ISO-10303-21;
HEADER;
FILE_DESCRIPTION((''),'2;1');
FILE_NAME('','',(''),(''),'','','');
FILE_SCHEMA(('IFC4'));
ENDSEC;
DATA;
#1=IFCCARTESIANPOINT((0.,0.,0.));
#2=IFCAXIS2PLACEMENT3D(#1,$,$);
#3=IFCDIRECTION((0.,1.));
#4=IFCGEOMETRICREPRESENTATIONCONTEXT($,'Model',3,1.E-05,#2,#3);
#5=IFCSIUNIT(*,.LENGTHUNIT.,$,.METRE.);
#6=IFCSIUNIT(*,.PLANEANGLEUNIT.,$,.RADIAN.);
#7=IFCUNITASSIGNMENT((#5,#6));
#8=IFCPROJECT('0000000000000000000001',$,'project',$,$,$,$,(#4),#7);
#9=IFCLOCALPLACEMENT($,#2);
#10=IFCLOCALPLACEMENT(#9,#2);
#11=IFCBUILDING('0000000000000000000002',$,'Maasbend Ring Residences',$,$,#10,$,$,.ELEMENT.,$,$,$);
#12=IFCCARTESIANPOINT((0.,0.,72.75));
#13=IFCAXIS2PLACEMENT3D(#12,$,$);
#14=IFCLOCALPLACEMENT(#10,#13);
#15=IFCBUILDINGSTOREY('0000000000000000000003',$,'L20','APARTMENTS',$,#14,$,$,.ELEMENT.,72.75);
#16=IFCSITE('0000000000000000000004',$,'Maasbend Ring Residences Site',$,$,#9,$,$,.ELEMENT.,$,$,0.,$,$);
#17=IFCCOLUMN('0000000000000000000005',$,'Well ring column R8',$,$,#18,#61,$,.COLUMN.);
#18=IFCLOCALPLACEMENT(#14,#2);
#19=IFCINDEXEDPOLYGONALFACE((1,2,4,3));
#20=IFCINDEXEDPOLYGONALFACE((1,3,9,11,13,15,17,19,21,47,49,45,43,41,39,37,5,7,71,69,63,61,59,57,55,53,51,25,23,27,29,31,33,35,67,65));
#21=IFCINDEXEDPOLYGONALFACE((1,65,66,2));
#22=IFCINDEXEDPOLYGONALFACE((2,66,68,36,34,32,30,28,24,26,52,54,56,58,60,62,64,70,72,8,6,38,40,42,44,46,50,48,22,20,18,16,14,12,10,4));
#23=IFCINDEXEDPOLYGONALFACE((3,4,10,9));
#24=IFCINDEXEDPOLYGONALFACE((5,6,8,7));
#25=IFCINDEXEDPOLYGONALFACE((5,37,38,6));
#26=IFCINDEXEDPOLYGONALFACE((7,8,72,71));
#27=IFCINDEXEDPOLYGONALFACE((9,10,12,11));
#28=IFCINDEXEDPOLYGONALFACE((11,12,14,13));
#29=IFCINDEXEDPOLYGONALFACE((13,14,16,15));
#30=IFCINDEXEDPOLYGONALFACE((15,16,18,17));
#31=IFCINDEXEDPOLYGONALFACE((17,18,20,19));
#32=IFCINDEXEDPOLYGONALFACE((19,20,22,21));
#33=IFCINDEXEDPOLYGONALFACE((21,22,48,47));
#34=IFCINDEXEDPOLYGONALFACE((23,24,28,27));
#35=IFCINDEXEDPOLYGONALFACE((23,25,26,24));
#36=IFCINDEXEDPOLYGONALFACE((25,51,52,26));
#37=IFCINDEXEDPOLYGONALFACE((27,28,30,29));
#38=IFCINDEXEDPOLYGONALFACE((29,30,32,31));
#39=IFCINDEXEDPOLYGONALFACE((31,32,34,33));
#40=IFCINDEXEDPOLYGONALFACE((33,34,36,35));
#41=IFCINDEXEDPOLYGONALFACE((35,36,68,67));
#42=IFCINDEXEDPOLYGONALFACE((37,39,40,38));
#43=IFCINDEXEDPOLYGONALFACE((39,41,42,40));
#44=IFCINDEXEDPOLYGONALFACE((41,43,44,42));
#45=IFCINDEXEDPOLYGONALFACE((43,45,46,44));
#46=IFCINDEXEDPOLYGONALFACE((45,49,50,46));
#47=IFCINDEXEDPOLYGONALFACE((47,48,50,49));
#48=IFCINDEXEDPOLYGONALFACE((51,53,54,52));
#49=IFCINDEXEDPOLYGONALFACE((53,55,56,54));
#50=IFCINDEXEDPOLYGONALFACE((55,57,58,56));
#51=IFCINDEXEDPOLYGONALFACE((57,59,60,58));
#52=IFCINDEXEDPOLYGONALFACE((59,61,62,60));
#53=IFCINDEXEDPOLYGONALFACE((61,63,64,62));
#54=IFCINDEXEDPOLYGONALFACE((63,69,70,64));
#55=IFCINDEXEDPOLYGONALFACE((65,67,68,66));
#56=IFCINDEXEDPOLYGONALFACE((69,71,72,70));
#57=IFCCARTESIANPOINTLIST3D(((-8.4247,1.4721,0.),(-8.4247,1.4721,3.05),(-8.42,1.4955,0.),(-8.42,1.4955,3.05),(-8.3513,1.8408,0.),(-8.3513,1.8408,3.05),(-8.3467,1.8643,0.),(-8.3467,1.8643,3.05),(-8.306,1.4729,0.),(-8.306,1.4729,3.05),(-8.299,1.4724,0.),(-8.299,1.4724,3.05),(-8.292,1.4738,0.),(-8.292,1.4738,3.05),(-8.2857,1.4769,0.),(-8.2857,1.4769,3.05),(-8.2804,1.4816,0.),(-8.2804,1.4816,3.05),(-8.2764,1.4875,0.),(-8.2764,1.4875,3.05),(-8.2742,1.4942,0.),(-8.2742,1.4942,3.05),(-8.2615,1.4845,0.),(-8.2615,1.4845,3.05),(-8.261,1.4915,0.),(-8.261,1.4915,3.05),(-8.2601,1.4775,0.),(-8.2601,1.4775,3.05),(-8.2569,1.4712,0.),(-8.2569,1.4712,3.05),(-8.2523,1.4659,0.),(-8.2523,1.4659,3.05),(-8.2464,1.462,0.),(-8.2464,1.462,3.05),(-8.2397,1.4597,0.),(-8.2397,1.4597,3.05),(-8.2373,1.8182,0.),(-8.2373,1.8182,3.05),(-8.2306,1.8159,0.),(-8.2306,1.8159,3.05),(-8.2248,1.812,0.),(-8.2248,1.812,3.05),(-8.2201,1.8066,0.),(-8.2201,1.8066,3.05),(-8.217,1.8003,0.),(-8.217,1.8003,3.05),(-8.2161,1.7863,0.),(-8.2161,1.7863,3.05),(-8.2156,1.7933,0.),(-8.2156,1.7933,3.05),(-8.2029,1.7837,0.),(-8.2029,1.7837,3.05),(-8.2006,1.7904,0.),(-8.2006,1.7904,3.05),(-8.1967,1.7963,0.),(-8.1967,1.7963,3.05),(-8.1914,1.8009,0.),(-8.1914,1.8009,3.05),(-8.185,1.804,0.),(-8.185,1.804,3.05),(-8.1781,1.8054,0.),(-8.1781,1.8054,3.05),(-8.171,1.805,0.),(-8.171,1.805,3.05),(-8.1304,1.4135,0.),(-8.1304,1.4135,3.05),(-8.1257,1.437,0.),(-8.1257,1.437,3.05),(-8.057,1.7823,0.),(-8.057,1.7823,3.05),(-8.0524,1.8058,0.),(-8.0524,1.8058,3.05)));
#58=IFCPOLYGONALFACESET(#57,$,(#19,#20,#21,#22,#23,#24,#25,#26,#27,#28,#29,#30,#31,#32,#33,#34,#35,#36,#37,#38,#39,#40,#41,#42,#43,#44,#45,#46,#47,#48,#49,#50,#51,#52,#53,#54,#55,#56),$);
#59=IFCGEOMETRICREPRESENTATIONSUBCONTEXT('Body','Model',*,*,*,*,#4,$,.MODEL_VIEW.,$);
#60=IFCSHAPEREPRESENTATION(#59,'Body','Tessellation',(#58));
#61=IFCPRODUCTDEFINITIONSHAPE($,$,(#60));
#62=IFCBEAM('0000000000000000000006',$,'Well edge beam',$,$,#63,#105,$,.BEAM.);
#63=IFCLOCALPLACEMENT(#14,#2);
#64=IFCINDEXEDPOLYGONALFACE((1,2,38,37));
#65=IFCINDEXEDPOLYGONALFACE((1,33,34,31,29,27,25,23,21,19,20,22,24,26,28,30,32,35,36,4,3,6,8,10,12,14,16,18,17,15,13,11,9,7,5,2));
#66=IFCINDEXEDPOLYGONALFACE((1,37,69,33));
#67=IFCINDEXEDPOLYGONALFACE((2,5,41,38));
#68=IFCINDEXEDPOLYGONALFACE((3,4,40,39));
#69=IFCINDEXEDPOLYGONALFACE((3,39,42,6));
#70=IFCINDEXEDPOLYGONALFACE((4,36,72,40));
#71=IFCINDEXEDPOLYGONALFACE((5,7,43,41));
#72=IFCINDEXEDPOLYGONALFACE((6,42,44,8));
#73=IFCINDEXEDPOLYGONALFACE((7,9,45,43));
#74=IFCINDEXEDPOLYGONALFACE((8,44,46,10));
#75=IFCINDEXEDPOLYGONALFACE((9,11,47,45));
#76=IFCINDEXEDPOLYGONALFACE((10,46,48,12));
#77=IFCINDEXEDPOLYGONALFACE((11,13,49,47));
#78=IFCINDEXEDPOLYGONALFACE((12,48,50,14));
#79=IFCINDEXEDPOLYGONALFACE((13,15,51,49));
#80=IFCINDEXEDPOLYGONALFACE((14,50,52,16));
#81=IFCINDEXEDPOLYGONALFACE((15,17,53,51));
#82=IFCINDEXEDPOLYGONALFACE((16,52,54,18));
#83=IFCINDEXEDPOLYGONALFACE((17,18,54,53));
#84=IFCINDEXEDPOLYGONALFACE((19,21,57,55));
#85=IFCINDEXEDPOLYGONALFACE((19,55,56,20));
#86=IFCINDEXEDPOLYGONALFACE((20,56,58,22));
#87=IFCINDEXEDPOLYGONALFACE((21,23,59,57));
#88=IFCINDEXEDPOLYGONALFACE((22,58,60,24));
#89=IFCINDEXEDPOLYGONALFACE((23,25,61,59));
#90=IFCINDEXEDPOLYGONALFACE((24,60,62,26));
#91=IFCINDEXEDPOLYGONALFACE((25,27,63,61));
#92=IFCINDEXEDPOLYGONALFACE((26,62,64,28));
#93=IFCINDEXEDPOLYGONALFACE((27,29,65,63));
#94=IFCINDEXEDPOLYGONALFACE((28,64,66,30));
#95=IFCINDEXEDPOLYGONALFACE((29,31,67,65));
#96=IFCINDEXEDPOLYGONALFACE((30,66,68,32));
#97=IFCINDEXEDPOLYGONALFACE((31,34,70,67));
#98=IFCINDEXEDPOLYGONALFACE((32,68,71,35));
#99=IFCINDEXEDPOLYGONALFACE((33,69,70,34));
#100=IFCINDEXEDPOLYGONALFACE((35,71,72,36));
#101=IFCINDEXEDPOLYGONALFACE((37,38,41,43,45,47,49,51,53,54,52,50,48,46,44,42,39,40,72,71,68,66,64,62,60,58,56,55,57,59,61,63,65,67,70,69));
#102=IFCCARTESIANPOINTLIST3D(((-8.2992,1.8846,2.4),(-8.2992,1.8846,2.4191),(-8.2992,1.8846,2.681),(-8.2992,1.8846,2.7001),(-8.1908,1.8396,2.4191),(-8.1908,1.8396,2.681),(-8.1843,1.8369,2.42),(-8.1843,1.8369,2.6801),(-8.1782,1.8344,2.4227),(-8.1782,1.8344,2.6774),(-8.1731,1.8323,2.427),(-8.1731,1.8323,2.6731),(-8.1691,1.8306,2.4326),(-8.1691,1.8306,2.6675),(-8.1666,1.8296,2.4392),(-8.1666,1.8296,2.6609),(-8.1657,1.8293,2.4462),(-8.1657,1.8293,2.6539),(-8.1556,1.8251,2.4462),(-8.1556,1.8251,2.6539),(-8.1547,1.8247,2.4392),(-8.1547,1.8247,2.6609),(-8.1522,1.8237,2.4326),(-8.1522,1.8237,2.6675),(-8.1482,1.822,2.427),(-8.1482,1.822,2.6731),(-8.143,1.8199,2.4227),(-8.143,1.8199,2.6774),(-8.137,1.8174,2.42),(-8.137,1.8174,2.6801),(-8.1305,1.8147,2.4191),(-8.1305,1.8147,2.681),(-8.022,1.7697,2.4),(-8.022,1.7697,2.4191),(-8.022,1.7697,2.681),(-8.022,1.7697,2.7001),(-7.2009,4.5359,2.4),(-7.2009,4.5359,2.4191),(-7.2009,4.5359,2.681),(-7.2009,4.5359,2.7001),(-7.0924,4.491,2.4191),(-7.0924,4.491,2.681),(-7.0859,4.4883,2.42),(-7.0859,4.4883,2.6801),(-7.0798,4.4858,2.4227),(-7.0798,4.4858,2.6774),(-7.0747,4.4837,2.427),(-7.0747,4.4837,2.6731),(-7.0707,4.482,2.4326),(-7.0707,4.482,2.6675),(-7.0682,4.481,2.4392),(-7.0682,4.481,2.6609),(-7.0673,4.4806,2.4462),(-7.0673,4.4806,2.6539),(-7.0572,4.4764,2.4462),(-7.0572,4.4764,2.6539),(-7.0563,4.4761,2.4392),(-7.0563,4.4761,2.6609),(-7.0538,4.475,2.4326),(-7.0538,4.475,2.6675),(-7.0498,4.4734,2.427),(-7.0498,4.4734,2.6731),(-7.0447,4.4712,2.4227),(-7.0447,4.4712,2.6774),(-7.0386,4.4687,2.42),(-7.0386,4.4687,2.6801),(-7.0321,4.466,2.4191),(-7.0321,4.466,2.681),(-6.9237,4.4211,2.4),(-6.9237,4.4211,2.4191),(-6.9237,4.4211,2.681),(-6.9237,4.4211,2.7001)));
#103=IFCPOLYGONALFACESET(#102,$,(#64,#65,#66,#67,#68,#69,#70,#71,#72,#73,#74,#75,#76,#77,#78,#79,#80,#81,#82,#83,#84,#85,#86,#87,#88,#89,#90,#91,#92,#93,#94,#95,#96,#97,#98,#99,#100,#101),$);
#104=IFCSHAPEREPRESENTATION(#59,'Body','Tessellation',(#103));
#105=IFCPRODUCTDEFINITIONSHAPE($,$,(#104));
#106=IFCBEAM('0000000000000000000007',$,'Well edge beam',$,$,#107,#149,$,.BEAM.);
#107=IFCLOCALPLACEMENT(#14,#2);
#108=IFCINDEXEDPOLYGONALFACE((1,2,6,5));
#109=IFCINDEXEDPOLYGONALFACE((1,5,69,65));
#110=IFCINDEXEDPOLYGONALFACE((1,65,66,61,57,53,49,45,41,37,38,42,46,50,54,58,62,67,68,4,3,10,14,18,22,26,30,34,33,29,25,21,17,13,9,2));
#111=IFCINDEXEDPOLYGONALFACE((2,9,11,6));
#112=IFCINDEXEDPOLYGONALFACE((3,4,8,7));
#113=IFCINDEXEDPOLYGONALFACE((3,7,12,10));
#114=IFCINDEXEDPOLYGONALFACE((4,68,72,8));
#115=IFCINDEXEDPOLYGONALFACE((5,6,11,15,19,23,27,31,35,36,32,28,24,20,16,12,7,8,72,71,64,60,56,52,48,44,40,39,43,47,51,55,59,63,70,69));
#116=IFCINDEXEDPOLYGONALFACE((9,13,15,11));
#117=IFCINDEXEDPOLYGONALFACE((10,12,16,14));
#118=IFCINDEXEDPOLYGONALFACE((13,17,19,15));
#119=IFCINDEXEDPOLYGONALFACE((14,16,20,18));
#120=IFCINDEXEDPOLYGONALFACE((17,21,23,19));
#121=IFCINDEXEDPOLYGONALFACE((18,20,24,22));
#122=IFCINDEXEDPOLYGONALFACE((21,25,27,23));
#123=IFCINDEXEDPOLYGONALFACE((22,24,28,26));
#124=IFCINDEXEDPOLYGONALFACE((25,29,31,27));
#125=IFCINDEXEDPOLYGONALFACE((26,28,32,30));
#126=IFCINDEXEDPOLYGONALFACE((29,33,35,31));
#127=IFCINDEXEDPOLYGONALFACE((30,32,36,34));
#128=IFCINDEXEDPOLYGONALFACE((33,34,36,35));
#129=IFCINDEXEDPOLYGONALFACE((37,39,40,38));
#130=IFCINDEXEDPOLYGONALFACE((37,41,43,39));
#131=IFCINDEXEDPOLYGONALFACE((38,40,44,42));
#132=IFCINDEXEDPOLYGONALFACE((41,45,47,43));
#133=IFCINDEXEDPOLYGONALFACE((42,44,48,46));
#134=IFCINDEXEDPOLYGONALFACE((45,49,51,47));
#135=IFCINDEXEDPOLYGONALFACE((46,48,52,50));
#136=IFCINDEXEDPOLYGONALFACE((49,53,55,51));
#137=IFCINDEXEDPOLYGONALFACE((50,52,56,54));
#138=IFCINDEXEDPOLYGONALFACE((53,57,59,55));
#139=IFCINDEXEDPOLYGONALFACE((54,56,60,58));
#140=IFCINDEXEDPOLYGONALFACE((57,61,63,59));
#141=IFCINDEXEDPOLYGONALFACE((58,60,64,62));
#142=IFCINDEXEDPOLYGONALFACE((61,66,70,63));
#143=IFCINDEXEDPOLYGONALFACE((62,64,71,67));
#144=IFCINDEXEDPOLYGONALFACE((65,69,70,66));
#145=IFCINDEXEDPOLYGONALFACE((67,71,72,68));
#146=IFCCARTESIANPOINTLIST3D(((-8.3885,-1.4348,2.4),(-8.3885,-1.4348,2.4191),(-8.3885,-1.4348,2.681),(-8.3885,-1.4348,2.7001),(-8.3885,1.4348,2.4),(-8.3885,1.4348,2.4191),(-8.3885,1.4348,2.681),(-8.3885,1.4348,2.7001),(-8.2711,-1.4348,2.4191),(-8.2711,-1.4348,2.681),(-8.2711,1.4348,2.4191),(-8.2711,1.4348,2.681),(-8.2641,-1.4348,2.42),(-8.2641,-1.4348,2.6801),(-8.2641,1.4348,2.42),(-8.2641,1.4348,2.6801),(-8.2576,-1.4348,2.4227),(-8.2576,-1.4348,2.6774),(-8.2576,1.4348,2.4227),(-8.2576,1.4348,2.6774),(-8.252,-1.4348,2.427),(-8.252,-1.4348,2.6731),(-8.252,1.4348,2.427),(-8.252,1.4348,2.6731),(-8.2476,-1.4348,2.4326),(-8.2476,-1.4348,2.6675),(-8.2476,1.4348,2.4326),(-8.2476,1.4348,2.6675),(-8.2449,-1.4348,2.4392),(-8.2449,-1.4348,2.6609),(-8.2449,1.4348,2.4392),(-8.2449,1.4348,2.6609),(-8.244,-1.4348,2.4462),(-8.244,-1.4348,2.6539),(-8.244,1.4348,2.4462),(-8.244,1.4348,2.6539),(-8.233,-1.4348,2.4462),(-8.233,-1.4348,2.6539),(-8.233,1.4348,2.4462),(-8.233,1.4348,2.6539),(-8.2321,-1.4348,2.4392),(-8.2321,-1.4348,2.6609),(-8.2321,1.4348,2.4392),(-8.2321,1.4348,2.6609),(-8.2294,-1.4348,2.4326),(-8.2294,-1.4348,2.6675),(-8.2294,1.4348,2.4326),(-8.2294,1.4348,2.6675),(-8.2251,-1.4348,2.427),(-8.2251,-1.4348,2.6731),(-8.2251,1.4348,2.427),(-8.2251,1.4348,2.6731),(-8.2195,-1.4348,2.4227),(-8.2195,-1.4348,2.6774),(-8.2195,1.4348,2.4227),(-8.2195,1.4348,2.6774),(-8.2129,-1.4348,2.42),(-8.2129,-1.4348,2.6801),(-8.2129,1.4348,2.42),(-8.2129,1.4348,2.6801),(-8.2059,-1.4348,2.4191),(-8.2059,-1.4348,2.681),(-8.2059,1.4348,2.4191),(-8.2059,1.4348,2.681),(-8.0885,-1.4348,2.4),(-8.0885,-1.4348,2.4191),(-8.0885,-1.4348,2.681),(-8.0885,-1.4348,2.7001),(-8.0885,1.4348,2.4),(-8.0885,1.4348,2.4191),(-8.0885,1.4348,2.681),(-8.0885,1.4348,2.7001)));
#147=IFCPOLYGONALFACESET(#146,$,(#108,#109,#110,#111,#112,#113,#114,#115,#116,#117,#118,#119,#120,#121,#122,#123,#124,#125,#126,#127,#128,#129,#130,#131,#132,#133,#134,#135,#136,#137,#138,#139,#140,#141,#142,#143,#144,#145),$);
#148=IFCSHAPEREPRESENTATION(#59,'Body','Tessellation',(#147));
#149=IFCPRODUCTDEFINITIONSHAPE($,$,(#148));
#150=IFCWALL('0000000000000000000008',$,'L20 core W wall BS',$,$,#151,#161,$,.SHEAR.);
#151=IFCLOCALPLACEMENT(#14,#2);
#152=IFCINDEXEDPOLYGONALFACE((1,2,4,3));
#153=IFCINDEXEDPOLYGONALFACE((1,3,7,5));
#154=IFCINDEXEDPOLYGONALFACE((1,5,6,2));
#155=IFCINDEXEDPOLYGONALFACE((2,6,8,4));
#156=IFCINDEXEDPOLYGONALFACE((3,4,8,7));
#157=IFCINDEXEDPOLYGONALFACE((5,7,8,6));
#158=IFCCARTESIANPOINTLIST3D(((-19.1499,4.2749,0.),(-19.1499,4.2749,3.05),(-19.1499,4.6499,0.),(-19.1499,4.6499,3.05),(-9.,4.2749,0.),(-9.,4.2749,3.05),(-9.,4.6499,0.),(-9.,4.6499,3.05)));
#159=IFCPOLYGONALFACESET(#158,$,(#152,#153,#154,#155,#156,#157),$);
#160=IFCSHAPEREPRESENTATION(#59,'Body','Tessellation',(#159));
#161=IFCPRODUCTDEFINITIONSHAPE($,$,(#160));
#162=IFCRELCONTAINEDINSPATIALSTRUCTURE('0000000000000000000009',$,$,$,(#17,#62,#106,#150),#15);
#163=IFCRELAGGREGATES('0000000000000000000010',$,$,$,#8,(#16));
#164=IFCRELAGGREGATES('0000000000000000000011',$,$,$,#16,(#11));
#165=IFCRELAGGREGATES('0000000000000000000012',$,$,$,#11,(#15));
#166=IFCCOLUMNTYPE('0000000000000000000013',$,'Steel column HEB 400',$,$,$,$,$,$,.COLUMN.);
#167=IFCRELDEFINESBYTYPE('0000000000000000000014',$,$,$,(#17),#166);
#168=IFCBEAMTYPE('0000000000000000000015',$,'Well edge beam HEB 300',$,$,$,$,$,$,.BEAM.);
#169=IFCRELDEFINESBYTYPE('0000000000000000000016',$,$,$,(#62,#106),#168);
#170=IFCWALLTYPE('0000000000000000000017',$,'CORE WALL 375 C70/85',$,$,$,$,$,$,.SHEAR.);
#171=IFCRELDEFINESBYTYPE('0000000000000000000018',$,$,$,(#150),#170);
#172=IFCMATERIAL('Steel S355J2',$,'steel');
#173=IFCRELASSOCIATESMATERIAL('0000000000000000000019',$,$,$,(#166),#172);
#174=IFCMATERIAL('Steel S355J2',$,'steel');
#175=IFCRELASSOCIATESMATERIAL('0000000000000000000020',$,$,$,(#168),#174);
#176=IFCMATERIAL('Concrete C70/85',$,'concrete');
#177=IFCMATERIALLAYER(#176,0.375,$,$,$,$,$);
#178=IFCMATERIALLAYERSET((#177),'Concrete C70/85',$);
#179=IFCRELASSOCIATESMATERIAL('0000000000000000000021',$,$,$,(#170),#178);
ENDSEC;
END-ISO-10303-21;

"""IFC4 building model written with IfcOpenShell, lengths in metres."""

from ifc_helpers import new_model, si_unit, direction, frame, frame_2d, origin, origin_2d, place, context, subcontext, project, spatial, rectangle, i_section, extrude, material, layer, layer_set, material_profile, profile_set, type_object, element, save


model = new_model("IFC4")

# Units and contexts
model_context = context("Model", 3, precision=1e-05, world=origin(), true_north=direction((0.0, 1.0)))
body_context = subcontext(model_context, "Body", "Model", "MODEL_VIEW")
ifc_project = project(units=[si_unit("LENGTHUNIT", "METRE"), si_unit("PLANEANGLEUNIT", "RADIAN")], contexts=[model_context])

# Site, building, storey
site_placement = place(None, origin())
site = spatial("IfcSite", under=ifc_project, at=site_placement, Name="Maasbend Ring Residences Site", CompositionType="ELEMENT", RefElevation=0.0)
building_placement = place(site_placement, origin())
building = spatial("IfcBuilding", under=site, at=building_placement, Name="Maasbend Ring Residences", CompositionType="ELEMENT")
storey_placement = place(building_placement, frame((0.0, 0.0, 72.75)))
storey = spatial("IfcBuildingStorey", under=building, at=storey_placement, Name="L20", Description="APARTMENTS", CompositionType="ELEMENT", Elevation=72.75)

# Column
ifc_material_1 = material(Name="Steel S355J2", Category="steel")
ifc_material_profile_1 = material_profile(ifc_material_1, i_section(OverallWidth=0.3, OverallDepth=0.3999, WebThickness=0.0134, FlangeThickness=0.0239, FilletRadius=0.0271, at=origin_2d()), Name="HEB 400")
ifc_profile_set_1 = profile_set([ifc_material_profile_1], Name="Steel S355J2")
column_type = type_object("IfcColumnType", Name="Steel column HEB 400", PredefinedType="COLUMN", material=ifc_profile_set_1)
column_placement = place(storey_placement, frame((-8.2385, 1.6389, 0.0), z_axis=(0.0, 0.0, 1.0), x_axis=(-0.980785, 0.19509, 0.0)))
element("IfcColumn", 1, at=column_placement, inside=storey, type_object=column_type, Name="Well ring column R8", PredefinedType="COLUMN", context=body_context, shape_type="SweptSolid", body=[
    extrude(i_section(OverallWidth=0.3, OverallDepth=0.3999, WebThickness=0.0134, FlangeThickness=0.0239, FilletRadius=0.0271, at=origin_2d()), origin(), (0.0, 0.0, 1.0), 3.05),
])

# Beams
ifc_material_2 = material(Name="Steel S355J2", Category="steel")
ifc_material_profile_2 = material_profile(ifc_material_2, i_section(OverallWidth=0.3, OverallDepth=0.3, WebThickness=0.011, FlangeThickness=0.019, FilletRadius=0.0271, at=origin_2d()), Name="HEB 300")
ifc_profile_set_2 = profile_set([ifc_material_profile_2], Name="Steel S355J2")
beam_type = type_object("IfcBeamType", Name="Well edge beam HEB 300", PredefinedType="BEAM", material=ifc_profile_set_2)
beam_1_placement = place(storey_placement, frame((-7.0623, 4.4785, 2.55), z_axis=(-0.38273, -0.92386, 0.0), x_axis=(0.92386, -0.38273, 0.0)))
element("IfcBeam", 2, at=beam_1_placement, inside=storey, type_object=beam_type, Name="Well edge beam", PredefinedType="BEAM", context=body_context, shape_type="SweptSolid", body=[
    extrude(i_section(OverallWidth=0.3, OverallDepth=0.3, WebThickness=0.011, FlangeThickness=0.019, FilletRadius=0.0271, at=origin_2d()), origin(), (0.0, 0.0, 1.0), 2.8699),
])
beam_2_placement = place(storey_placement, frame((-8.2385, 1.4348, 2.55), z_axis=(0.0, -1.0, 0.0), x_axis=(1.0, 0.0, 0.0)))
element("IfcBeam", 3, at=beam_2_placement, inside=storey, type_object=beam_type, Name="Well edge beam", PredefinedType="BEAM", context=body_context, shape_type="SweptSolid", body=[
    extrude(i_section(OverallWidth=0.3, OverallDepth=0.3, WebThickness=0.011, FlangeThickness=0.019, FilletRadius=0.0271, at=origin_2d()), origin(), (0.0, 0.0, 1.0), 2.8696),
])

# Wall
ifc_material_3 = material(Name="Concrete C70/85", Category="concrete")
ifc_layer_1 = layer(ifc_material_3, 0.375)
ifc_layer_set_1 = layer_set([ifc_layer_1], Name="Concrete C70/85")
wall_type_1 = type_object("IfcWallType", Name="CORE WALL 375 C70/85", PredefinedType="SHEAR", material=ifc_layer_set_1)
wall_1_placement = place(storey_placement, frame((-9.0, 4.4624, 0.0), z_axis=(0.0, 0.0, 1.0), x_axis=(-1.0, 0.0, 0.0)))
element("IfcWall", 4, at=wall_1_placement, inside=storey, type_object=wall_type_1, Name="L20 core W wall BS", PredefinedType="SHEAR", context=body_context, shape_type="SweptSolid", body=[
    extrude(rectangle(XDim=10.1499, YDim=0.375, at=frame_2d((5.075, 0.0))), origin(), (0.0, 0.0, 1.0), 3.05),
])

save(model, "model.ifc")
